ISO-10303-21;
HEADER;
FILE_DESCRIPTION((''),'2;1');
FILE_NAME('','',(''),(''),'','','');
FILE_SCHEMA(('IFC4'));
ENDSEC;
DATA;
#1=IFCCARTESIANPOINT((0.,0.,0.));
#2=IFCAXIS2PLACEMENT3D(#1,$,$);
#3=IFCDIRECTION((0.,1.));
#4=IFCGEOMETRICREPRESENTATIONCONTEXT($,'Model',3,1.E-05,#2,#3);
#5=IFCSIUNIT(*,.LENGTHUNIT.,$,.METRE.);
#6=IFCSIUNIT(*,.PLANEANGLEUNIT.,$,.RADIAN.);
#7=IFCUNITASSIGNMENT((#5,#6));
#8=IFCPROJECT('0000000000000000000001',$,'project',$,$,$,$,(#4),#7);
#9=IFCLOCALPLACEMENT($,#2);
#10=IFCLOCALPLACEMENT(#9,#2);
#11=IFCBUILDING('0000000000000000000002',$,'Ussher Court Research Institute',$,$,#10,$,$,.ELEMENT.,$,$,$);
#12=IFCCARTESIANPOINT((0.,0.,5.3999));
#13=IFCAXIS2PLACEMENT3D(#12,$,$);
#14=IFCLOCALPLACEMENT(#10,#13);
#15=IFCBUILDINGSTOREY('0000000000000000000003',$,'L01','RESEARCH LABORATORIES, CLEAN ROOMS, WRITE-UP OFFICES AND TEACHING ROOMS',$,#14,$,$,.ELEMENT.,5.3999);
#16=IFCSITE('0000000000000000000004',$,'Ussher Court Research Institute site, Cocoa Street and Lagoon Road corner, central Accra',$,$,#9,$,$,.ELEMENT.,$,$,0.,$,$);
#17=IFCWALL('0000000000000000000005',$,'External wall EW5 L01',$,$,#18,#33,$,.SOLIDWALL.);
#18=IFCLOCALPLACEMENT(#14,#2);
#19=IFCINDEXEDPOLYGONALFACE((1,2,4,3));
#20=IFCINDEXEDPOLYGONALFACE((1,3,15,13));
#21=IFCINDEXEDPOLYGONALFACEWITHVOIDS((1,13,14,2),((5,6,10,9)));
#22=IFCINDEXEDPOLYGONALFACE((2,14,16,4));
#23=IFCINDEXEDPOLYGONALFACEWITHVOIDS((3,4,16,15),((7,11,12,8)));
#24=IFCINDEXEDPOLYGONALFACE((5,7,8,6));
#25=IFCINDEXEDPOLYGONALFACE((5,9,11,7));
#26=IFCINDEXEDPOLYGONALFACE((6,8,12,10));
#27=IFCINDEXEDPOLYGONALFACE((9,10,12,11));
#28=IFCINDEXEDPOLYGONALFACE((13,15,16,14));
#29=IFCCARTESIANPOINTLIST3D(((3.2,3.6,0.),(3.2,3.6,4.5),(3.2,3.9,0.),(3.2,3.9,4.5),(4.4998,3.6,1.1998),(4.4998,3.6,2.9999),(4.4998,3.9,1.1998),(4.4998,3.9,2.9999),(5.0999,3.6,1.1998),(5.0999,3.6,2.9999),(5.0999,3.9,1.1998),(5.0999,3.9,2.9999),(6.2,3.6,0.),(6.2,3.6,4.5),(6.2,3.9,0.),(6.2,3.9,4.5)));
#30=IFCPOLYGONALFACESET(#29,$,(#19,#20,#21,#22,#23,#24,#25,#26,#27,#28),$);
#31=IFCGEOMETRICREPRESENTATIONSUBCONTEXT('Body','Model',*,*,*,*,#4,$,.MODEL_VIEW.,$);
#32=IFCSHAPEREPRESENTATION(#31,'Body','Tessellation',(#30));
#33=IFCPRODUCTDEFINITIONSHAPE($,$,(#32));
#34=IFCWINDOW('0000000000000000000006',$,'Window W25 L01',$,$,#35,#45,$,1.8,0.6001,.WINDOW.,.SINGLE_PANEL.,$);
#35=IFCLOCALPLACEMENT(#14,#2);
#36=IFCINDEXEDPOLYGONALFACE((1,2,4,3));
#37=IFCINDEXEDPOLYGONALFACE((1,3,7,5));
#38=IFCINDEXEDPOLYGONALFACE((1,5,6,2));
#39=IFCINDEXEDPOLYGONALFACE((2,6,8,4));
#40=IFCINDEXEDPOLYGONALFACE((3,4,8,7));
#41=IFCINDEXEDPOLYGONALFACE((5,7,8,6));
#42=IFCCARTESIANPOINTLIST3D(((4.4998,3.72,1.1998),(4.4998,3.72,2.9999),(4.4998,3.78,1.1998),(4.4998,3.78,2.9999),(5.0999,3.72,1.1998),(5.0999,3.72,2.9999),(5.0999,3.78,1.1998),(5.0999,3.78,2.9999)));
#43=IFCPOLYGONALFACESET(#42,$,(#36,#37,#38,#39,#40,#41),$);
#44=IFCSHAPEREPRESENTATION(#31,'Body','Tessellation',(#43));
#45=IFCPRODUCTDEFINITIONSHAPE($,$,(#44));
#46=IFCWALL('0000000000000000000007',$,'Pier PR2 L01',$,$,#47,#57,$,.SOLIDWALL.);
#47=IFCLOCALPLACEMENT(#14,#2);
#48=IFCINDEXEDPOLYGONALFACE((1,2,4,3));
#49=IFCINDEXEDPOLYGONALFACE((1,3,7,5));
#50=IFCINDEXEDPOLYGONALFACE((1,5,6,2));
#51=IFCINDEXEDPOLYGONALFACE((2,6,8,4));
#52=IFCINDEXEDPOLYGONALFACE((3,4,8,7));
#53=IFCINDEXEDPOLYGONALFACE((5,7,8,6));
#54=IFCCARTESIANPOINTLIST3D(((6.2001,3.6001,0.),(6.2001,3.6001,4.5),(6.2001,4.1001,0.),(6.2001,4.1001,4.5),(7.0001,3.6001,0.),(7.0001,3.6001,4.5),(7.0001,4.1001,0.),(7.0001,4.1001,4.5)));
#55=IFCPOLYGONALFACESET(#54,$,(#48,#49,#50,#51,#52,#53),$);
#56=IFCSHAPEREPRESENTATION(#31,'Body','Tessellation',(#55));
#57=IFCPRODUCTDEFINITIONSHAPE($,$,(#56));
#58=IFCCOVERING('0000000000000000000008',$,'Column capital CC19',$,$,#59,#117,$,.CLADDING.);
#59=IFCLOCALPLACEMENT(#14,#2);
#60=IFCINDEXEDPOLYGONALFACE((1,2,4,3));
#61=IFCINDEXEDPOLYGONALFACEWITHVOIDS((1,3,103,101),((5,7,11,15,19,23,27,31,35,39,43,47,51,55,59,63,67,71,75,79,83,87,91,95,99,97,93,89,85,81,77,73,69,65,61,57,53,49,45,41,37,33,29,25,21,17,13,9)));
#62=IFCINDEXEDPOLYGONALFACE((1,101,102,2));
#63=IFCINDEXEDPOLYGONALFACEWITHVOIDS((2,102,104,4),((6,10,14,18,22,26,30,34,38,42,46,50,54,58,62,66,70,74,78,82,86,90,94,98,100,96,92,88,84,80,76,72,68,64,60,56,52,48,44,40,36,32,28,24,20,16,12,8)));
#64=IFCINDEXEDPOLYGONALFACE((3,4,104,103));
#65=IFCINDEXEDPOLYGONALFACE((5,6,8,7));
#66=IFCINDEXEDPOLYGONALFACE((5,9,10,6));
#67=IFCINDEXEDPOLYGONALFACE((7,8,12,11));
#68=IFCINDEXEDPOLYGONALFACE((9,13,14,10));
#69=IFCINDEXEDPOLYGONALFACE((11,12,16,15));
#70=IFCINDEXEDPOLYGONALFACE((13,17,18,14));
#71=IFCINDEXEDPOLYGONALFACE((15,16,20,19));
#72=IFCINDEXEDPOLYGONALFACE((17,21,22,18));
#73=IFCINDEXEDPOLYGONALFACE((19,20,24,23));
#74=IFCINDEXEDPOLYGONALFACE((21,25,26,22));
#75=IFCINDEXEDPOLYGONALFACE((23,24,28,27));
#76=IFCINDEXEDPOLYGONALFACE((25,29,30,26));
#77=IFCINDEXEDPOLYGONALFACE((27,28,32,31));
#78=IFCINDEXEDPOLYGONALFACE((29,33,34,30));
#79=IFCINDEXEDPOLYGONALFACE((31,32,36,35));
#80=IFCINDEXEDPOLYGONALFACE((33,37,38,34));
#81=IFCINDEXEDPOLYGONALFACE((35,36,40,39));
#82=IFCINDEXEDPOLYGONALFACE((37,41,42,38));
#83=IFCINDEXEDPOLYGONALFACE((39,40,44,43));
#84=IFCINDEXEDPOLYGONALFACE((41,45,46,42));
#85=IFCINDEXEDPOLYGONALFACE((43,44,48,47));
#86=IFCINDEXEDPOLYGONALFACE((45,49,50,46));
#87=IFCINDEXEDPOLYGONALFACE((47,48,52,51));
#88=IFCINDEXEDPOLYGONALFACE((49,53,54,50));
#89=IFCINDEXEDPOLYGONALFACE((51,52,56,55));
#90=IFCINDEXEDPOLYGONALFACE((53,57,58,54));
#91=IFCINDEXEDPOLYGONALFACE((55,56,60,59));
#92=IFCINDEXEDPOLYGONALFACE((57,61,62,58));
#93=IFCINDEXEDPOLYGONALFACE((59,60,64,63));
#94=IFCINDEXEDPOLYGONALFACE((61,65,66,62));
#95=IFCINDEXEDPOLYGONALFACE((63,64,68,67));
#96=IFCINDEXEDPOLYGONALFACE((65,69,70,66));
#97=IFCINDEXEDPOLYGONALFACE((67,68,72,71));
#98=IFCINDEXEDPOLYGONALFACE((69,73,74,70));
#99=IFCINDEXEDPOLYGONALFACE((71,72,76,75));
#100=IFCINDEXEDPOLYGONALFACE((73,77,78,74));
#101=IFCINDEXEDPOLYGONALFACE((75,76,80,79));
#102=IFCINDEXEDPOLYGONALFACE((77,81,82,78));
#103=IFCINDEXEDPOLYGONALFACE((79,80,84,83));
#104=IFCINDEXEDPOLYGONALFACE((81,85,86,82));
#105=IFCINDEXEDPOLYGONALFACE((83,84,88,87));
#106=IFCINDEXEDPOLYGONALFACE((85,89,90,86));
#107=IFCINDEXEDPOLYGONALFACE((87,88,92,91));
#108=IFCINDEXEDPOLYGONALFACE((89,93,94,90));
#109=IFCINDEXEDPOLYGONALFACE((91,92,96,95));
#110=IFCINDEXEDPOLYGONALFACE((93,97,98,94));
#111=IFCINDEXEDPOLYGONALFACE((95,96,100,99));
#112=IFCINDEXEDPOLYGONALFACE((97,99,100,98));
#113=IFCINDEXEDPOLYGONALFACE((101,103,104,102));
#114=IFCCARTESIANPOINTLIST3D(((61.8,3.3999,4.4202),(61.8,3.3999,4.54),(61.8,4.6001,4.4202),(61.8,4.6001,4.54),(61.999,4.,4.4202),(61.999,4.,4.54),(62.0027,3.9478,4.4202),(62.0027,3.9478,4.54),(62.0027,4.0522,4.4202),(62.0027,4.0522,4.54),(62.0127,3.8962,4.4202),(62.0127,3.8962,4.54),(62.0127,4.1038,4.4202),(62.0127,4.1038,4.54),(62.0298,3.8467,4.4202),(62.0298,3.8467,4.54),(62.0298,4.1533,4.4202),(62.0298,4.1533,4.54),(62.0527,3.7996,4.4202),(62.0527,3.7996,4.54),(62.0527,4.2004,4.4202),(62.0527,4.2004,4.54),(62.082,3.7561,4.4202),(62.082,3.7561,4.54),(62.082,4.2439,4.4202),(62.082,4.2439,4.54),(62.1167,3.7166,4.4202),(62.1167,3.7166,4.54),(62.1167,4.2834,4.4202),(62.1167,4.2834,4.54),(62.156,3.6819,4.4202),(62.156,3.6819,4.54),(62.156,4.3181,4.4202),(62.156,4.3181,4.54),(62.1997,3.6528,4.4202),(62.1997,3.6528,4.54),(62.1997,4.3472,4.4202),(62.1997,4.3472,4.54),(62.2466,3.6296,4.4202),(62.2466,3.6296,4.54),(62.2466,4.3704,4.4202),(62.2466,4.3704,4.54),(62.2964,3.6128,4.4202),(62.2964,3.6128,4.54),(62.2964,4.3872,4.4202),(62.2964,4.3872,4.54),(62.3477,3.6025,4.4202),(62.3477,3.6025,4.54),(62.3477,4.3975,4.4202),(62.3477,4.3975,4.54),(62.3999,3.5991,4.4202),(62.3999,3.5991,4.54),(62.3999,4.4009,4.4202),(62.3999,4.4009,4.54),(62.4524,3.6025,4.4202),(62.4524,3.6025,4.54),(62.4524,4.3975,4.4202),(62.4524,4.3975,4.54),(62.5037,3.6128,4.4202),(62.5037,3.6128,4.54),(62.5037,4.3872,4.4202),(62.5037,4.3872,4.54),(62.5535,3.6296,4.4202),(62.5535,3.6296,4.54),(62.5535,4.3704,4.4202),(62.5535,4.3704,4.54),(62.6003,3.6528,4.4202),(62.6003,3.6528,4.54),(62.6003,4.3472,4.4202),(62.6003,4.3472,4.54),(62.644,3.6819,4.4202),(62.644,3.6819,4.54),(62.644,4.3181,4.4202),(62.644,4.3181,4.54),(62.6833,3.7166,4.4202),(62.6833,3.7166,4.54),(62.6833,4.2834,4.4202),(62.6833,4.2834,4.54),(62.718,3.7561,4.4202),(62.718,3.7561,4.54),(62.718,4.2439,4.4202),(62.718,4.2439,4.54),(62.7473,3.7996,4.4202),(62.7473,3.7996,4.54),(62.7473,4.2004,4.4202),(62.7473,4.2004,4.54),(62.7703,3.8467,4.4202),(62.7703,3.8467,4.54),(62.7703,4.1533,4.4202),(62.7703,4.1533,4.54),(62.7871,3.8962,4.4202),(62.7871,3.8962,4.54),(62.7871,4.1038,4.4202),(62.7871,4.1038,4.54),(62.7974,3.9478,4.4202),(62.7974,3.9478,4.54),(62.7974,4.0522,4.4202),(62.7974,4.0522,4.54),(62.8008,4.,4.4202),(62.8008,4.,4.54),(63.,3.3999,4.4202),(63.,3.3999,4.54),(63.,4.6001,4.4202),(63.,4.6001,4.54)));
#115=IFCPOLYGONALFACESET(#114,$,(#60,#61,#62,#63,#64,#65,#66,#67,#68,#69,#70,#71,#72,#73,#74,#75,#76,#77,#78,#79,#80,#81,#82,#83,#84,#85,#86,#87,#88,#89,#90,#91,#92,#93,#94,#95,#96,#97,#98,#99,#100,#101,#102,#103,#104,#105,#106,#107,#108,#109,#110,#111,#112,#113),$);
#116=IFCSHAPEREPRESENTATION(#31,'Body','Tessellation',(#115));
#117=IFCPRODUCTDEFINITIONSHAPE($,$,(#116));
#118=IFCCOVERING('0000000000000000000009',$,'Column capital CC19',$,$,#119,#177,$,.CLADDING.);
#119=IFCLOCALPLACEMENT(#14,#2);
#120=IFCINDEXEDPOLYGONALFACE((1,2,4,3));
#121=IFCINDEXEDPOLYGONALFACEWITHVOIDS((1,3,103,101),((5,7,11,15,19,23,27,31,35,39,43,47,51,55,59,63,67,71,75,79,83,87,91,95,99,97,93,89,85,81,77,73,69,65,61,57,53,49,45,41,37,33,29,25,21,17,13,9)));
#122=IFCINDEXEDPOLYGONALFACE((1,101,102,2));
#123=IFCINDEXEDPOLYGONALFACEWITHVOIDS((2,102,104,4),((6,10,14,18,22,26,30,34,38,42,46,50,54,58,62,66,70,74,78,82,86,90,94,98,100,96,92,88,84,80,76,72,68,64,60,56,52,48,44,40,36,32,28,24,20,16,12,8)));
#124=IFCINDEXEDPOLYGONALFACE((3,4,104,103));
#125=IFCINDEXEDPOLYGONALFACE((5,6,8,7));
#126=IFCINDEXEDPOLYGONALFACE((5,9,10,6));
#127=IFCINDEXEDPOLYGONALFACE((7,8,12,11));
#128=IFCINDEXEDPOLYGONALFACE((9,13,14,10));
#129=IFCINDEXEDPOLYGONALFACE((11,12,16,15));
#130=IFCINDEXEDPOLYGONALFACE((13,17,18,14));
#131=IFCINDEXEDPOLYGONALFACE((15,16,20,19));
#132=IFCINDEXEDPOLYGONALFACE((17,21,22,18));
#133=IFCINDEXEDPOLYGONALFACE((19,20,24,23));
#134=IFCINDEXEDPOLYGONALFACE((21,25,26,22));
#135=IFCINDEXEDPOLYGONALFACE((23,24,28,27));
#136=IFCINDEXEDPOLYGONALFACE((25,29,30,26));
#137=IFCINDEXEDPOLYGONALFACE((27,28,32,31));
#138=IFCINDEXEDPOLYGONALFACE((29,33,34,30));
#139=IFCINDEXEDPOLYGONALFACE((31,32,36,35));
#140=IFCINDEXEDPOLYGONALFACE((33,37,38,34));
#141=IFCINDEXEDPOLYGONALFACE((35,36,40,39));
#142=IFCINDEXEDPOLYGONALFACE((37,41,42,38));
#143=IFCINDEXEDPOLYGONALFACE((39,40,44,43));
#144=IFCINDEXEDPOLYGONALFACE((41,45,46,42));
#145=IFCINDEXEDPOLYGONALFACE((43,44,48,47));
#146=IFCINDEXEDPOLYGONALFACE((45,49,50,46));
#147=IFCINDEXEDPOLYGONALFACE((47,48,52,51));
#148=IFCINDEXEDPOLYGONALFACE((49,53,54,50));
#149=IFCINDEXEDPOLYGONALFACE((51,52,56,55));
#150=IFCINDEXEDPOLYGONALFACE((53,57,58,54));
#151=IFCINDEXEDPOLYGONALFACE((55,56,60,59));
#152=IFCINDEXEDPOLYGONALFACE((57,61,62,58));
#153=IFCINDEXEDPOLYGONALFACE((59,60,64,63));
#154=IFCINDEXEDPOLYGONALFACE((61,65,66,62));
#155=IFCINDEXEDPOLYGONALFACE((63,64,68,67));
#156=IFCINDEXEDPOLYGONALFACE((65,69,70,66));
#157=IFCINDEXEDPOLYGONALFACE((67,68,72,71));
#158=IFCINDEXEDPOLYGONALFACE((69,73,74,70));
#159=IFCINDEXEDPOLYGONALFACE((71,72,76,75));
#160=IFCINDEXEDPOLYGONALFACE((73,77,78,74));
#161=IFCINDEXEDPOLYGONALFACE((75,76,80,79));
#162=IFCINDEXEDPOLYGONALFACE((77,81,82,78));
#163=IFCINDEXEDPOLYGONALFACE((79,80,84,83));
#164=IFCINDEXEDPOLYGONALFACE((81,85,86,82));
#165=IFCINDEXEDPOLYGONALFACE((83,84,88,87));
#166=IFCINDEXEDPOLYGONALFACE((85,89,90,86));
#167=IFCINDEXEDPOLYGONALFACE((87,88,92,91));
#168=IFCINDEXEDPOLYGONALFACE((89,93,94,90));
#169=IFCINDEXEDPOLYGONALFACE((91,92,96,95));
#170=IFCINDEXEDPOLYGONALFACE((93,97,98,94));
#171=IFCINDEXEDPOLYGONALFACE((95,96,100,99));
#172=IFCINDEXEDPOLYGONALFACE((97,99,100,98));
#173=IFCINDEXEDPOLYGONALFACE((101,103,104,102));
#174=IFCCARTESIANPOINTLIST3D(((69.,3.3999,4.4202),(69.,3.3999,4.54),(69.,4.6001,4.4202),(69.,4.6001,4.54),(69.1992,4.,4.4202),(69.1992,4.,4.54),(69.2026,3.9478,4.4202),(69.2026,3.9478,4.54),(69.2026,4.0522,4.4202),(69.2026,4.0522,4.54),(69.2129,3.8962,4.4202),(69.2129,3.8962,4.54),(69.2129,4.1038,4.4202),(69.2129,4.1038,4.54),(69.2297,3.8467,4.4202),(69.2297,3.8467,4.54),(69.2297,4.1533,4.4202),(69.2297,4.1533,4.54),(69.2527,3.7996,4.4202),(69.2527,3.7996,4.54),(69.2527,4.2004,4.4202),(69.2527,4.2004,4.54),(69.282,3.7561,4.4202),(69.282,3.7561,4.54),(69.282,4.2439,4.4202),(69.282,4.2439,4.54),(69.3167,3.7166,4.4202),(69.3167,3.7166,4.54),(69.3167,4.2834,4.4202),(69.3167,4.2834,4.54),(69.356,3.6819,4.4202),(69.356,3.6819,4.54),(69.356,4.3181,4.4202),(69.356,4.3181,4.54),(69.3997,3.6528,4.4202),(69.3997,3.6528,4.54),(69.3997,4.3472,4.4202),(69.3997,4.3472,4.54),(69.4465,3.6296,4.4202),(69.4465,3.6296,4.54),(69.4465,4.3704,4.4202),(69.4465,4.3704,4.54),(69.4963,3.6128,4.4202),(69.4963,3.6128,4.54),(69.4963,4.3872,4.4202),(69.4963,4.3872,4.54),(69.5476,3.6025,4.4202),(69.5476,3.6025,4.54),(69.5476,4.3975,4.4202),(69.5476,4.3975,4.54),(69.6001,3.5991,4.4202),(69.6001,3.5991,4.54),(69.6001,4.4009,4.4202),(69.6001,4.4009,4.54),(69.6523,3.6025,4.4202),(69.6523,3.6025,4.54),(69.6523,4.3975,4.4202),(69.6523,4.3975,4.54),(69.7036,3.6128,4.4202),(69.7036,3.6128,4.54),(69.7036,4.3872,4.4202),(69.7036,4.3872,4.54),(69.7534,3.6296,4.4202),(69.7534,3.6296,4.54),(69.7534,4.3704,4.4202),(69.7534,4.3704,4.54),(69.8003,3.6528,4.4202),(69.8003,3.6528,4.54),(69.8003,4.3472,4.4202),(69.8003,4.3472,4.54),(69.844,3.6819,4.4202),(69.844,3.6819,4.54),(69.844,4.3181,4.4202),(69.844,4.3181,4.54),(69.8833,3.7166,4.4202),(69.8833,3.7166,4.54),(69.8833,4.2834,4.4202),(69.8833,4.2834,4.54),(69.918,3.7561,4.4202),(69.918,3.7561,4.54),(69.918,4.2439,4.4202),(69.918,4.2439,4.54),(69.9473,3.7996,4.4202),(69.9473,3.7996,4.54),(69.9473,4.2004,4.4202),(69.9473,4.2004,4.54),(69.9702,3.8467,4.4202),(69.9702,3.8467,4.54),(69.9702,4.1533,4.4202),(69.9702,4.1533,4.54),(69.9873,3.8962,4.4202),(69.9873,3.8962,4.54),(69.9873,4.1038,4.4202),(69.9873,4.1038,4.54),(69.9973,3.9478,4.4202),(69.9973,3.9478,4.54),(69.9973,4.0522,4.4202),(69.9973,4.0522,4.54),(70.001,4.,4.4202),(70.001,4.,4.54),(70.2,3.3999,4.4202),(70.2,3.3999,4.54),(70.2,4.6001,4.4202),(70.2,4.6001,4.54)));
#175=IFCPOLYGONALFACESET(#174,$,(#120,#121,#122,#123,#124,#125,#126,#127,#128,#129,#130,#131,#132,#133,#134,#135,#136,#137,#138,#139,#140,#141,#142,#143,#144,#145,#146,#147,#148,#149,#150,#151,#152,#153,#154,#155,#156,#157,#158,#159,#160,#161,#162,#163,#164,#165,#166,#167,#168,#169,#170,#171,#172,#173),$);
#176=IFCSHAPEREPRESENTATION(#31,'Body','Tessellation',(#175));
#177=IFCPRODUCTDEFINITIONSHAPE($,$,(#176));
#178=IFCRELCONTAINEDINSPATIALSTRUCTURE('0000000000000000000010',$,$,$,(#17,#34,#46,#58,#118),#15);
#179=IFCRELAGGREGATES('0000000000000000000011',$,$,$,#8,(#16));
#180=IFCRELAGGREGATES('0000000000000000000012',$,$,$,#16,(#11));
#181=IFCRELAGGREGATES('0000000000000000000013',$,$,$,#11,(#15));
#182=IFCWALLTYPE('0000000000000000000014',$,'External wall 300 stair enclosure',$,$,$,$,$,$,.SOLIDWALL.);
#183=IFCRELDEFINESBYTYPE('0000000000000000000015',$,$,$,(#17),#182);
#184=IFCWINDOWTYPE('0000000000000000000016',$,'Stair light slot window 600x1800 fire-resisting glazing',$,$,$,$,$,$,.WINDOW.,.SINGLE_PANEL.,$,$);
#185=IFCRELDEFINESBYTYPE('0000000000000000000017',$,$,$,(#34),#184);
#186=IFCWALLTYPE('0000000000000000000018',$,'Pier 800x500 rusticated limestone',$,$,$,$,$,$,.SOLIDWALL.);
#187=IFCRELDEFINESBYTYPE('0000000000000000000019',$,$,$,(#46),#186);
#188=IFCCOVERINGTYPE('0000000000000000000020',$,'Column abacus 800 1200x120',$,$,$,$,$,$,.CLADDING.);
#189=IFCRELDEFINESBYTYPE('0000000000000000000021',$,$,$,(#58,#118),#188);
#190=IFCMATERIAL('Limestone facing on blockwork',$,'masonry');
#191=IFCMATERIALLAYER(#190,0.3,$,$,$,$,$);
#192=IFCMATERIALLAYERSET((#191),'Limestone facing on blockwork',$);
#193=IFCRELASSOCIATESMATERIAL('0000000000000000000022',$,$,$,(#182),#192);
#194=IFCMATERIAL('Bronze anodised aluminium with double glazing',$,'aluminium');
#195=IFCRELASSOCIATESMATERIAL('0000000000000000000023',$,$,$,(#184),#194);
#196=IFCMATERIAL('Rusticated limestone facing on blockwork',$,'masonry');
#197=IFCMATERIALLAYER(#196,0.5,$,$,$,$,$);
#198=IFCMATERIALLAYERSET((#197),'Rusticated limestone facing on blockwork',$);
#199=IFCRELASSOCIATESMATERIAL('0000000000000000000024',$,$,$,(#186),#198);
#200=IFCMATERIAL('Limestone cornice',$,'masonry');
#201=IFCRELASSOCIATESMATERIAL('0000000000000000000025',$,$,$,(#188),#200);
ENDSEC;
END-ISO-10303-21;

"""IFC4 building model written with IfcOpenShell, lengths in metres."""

from ifc_helpers import new_model, si_unit, direction, frame, frame_2d, origin, place, context, subcontext, project, spatial, polyline, rectangle, outline, extrude, material, layer, layer_set, type_object, element, fill, save


model = new_model("IFC4")

# Units and contexts
model_context = context("Model", 3, precision=1e-05, world=origin(), true_north=direction((0.0, 1.0)))
body_context = subcontext(model_context, "Body", "Model", "MODEL_VIEW")
ifc_project = project(units=[si_unit("LENGTHUNIT", "METRE"), si_unit("PLANEANGLEUNIT", "RADIAN")], contexts=[model_context])

# Site, building, storey
site_placement = place(None, origin())
site = spatial("IfcSite", under=ifc_project, at=site_placement, Name="Ussher Court Research Institute site, Cocoa Street and Lagoon Road corner, central Accra", CompositionType="ELEMENT", RefElevation=0.0)
building_placement = place(site_placement, origin())
building = spatial("IfcBuilding", under=site, at=building_placement, Name="Ussher Court Research Institute", CompositionType="ELEMENT")
storey_placement = place(building_placement, frame((0.0, 0.0, 5.3999)))
storey = spatial("IfcBuildingStorey", under=building, at=storey_placement, Name="L01", Description="RESEARCH LABORATORIES, CLEAN ROOMS, WRITE-UP OFFICES AND TEACHING ROOMS", CompositionType="ELEMENT", Elevation=5.3999)

# Shared definitions
ifc_material_1 = material(Name="Limestone facing on blockwork", Category="masonry")
ifc_layer_1 = layer(ifc_material_1, 0.3)
ifc_layer_set_1 = layer_set([ifc_layer_1], Name="Limestone facing on blockwork")
wall_type_1 = type_object("IfcWallType", Name="External wall 300 stair enclosure", PredefinedType="SOLIDWALL", material=ifc_layer_set_1)

# Wall, opening, window
wall_1_placement = place(storey_placement, frame((6.2, 3.75, 0.0), z_axis=(0.0, 0.0, 1.0), x_axis=(-1.0, 0.0, 0.0)))
wall_1 = element("IfcWall", 1, at=wall_1_placement, inside=storey, type_object=wall_type_1, Name="External wall EW5 L01", PredefinedType="SOLIDWALL", context=body_context, shape_type="SweptSolid", body=[
    extrude(rectangle(XDim=3.0, YDim=0.3, at=frame_2d((1.5, 0.0))), origin(), (0.0, 0.0, 1.0), 4.5),
])
opening_placement = place(wall_1_placement, frame((1.1001, 0.0, 1.2)))
opening = element("IfcOpeningElement", 2, at=opening_placement, cuts=wall_1, PredefinedType="OPENING", context=body_context, shape_type="SweptSolid", body=[
    extrude(rectangle(XDim=0.6001, YDim=1.8, at=frame_2d((0.3, 0.8999))), frame((0.0, 0.1602, 0.0), z_axis=(0.0, -1.0, 0.0), x_axis=(1.0, 0.0, 0.0)), (0.0, 0.0, 1.0), 0.3201),
])
ifc_material_2 = material(Name="Bronze anodised aluminium with double glazing", Category="aluminium")
window_type = type_object("IfcWindowType", Name="Stair light slot window 600x1800 fire-resisting glazing", PartitioningType="SINGLE_PANEL", PredefinedType="WINDOW", material=ifc_material_2)
window_placement = place(opening_placement, origin())
window = element("IfcWindow", 3, at=window_placement, inside=storey, type_object=window_type, Name="Window W25 L01", OverallHeight=1.8, OverallWidth=0.6001, PartitioningType="SINGLE_PANEL", PredefinedType="WINDOW", context=body_context, shape_type="SweptSolid", body=[
    extrude(rectangle(XDim=0.6001, YDim=1.8, at=frame_2d((0.3, 0.8999))), frame((0.0, 0.03, 0.0), z_axis=(0.0, -1.0, 0.0), x_axis=(1.0, 0.0, 0.0)), (0.0, 0.0, 1.0), 0.0601),
])
fill(opening, window)

# Wall
ifc_material_3 = material(Name="Rusticated limestone facing on blockwork", Category="masonry")
ifc_layer_2 = layer(ifc_material_3, 0.5)
ifc_layer_set_2 = layer_set([ifc_layer_2], Name="Rusticated limestone facing on blockwork")
wall_type_2 = type_object("IfcWallType", Name="Pier 800x500 rusticated limestone", PredefinedType="SOLIDWALL", material=ifc_layer_set_2)
wall_2_placement = place(storey_placement, frame((7.0, 3.8501, 0.0), z_axis=(0.0, 0.0, 1.0), x_axis=(-1.0, 0.0, 0.0)))
element("IfcWall", 4, at=wall_2_placement, inside=storey, type_object=wall_type_2, Name="Pier PR2 L01", PredefinedType="SOLIDWALL", context=body_context, shape_type="SweptSolid", body=[
    extrude(rectangle(XDim=0.8, YDim=0.5, at=frame_2d((0.3999, 0.0))), origin(), (0.0, 0.0, 1.0), 4.5),
])

# Coverings
ifc_material_4 = material(Name="Limestone cornice", Category="masonry")
covering_type_1 = type_object("IfcCoveringType", Name="Column abacus 800 1200x120", PredefinedType="CLADDING", material=ifc_material_4)
covering_1_placement = place(storey_placement, frame((0.0, 0.0, 4.4202)))
element("IfcCovering", 5, at=covering_1_placement, inside=storey, type_object=covering_type_1, Name="Column capital CC19", PredefinedType="CLADDING", context=body_context, shape_type="SweptSolid", body=[
    extrude(outline(polyline([(63.0, 3.3999), (63.0, 4.6001), (61.8, 4.6001), (61.8, 3.3999), (63.0, 3.3999)]), holes=[polyline([(62.8008, 4.0), (62.7974, 4.0522), (62.7871, 4.1038), (62.7703, 4.1533), (62.7473, 4.2004), (62.718, 4.2439), (62.6833, 4.2834), (62.644, 4.3181), (62.6003, 4.3472), (62.5535, 4.3704), (62.5037, 4.3872), (62.4524, 4.3975), (62.3999, 4.4009), (62.3477, 4.3975), (62.2964, 4.3872), (62.2466, 4.3704), (62.1997, 4.3472), (62.156, 4.3181), (62.1167, 4.2834), (62.082, 4.2439), (62.0527, 4.2004), (62.0298, 4.1533), (62.0127, 4.1038), (62.0027, 4.0522), (61.999, 4.0), (62.0027, 3.9478), (62.0127, 3.8962), (62.0298, 3.8467), (62.0527, 3.7996), (62.082, 3.7561), (62.1167, 3.7166), (62.156, 3.6819), (62.1997, 3.6528), (62.2466, 3.6296), (62.2964, 3.6128), (62.3477, 3.6025), (62.3999, 3.5991), (62.4524, 3.6025), (62.5037, 3.6128), (62.5535, 3.6296), (62.6003, 3.6528), (62.644, 3.6819), (62.6833, 3.7166), (62.718, 3.7561), (62.7473, 3.7996), (62.7703, 3.8467), (62.7871, 3.8962), (62.7974, 3.9478), (62.8008, 4.0)])]), origin(), (0.0, 0.0, 1.0), 0.1199),
])
covering_2_placement = place(storey_placement, frame((0.0, 0.0, 4.4202)))
element("IfcCovering", 6, at=covering_2_placement, inside=storey, type_object=covering_type_1, Name="Column capital CC19", PredefinedType="CLADDING", context=body_context, shape_type="SweptSolid", body=[
    extrude(outline(polyline([(70.2, 3.3999), (70.2, 4.6001), (69.0, 4.6001), (69.0, 3.3999), (70.2, 3.3999)]), holes=[polyline([(70.001, 4.0), (69.9973, 4.0522), (69.9873, 4.1038), (69.9702, 4.1533), (69.9473, 4.2004), (69.918, 4.2439), (69.8833, 4.2834), (69.844, 4.3181), (69.8003, 4.3472), (69.7534, 4.3704), (69.7036, 4.3872), (69.6523, 4.3975), (69.6001, 4.4009), (69.5476, 4.3975), (69.4963, 4.3872), (69.4465, 4.3704), (69.3997, 4.3472), (69.356, 4.3181), (69.3167, 4.2834), (69.282, 4.2439), (69.2527, 4.2004), (69.2297, 4.1533), (69.2129, 4.1038), (69.2026, 4.0522), (69.1992, 4.0), (69.2026, 3.9478), (69.2129, 3.8962), (69.2297, 3.8467), (69.2527, 3.7996), (69.282, 3.7561), (69.3167, 3.7166), (69.356, 3.6819), (69.3997, 3.6528), (69.4465, 3.6296), (69.4963, 3.6128), (69.5476, 3.6025), (69.6001, 3.5991), (69.6523, 3.6025), (69.7036, 3.6128), (69.7534, 3.6296), (69.8003, 3.6528), (69.844, 3.6819), (69.8833, 3.7166), (69.918, 3.7561), (69.9473, 3.7996), (69.9702, 3.8467), (69.9873, 3.8962), (69.9973, 3.9478), (70.001, 4.0)])]), origin(), (0.0, 0.0, 1.0), 0.1199),
])

save(model, "model.ifc")
